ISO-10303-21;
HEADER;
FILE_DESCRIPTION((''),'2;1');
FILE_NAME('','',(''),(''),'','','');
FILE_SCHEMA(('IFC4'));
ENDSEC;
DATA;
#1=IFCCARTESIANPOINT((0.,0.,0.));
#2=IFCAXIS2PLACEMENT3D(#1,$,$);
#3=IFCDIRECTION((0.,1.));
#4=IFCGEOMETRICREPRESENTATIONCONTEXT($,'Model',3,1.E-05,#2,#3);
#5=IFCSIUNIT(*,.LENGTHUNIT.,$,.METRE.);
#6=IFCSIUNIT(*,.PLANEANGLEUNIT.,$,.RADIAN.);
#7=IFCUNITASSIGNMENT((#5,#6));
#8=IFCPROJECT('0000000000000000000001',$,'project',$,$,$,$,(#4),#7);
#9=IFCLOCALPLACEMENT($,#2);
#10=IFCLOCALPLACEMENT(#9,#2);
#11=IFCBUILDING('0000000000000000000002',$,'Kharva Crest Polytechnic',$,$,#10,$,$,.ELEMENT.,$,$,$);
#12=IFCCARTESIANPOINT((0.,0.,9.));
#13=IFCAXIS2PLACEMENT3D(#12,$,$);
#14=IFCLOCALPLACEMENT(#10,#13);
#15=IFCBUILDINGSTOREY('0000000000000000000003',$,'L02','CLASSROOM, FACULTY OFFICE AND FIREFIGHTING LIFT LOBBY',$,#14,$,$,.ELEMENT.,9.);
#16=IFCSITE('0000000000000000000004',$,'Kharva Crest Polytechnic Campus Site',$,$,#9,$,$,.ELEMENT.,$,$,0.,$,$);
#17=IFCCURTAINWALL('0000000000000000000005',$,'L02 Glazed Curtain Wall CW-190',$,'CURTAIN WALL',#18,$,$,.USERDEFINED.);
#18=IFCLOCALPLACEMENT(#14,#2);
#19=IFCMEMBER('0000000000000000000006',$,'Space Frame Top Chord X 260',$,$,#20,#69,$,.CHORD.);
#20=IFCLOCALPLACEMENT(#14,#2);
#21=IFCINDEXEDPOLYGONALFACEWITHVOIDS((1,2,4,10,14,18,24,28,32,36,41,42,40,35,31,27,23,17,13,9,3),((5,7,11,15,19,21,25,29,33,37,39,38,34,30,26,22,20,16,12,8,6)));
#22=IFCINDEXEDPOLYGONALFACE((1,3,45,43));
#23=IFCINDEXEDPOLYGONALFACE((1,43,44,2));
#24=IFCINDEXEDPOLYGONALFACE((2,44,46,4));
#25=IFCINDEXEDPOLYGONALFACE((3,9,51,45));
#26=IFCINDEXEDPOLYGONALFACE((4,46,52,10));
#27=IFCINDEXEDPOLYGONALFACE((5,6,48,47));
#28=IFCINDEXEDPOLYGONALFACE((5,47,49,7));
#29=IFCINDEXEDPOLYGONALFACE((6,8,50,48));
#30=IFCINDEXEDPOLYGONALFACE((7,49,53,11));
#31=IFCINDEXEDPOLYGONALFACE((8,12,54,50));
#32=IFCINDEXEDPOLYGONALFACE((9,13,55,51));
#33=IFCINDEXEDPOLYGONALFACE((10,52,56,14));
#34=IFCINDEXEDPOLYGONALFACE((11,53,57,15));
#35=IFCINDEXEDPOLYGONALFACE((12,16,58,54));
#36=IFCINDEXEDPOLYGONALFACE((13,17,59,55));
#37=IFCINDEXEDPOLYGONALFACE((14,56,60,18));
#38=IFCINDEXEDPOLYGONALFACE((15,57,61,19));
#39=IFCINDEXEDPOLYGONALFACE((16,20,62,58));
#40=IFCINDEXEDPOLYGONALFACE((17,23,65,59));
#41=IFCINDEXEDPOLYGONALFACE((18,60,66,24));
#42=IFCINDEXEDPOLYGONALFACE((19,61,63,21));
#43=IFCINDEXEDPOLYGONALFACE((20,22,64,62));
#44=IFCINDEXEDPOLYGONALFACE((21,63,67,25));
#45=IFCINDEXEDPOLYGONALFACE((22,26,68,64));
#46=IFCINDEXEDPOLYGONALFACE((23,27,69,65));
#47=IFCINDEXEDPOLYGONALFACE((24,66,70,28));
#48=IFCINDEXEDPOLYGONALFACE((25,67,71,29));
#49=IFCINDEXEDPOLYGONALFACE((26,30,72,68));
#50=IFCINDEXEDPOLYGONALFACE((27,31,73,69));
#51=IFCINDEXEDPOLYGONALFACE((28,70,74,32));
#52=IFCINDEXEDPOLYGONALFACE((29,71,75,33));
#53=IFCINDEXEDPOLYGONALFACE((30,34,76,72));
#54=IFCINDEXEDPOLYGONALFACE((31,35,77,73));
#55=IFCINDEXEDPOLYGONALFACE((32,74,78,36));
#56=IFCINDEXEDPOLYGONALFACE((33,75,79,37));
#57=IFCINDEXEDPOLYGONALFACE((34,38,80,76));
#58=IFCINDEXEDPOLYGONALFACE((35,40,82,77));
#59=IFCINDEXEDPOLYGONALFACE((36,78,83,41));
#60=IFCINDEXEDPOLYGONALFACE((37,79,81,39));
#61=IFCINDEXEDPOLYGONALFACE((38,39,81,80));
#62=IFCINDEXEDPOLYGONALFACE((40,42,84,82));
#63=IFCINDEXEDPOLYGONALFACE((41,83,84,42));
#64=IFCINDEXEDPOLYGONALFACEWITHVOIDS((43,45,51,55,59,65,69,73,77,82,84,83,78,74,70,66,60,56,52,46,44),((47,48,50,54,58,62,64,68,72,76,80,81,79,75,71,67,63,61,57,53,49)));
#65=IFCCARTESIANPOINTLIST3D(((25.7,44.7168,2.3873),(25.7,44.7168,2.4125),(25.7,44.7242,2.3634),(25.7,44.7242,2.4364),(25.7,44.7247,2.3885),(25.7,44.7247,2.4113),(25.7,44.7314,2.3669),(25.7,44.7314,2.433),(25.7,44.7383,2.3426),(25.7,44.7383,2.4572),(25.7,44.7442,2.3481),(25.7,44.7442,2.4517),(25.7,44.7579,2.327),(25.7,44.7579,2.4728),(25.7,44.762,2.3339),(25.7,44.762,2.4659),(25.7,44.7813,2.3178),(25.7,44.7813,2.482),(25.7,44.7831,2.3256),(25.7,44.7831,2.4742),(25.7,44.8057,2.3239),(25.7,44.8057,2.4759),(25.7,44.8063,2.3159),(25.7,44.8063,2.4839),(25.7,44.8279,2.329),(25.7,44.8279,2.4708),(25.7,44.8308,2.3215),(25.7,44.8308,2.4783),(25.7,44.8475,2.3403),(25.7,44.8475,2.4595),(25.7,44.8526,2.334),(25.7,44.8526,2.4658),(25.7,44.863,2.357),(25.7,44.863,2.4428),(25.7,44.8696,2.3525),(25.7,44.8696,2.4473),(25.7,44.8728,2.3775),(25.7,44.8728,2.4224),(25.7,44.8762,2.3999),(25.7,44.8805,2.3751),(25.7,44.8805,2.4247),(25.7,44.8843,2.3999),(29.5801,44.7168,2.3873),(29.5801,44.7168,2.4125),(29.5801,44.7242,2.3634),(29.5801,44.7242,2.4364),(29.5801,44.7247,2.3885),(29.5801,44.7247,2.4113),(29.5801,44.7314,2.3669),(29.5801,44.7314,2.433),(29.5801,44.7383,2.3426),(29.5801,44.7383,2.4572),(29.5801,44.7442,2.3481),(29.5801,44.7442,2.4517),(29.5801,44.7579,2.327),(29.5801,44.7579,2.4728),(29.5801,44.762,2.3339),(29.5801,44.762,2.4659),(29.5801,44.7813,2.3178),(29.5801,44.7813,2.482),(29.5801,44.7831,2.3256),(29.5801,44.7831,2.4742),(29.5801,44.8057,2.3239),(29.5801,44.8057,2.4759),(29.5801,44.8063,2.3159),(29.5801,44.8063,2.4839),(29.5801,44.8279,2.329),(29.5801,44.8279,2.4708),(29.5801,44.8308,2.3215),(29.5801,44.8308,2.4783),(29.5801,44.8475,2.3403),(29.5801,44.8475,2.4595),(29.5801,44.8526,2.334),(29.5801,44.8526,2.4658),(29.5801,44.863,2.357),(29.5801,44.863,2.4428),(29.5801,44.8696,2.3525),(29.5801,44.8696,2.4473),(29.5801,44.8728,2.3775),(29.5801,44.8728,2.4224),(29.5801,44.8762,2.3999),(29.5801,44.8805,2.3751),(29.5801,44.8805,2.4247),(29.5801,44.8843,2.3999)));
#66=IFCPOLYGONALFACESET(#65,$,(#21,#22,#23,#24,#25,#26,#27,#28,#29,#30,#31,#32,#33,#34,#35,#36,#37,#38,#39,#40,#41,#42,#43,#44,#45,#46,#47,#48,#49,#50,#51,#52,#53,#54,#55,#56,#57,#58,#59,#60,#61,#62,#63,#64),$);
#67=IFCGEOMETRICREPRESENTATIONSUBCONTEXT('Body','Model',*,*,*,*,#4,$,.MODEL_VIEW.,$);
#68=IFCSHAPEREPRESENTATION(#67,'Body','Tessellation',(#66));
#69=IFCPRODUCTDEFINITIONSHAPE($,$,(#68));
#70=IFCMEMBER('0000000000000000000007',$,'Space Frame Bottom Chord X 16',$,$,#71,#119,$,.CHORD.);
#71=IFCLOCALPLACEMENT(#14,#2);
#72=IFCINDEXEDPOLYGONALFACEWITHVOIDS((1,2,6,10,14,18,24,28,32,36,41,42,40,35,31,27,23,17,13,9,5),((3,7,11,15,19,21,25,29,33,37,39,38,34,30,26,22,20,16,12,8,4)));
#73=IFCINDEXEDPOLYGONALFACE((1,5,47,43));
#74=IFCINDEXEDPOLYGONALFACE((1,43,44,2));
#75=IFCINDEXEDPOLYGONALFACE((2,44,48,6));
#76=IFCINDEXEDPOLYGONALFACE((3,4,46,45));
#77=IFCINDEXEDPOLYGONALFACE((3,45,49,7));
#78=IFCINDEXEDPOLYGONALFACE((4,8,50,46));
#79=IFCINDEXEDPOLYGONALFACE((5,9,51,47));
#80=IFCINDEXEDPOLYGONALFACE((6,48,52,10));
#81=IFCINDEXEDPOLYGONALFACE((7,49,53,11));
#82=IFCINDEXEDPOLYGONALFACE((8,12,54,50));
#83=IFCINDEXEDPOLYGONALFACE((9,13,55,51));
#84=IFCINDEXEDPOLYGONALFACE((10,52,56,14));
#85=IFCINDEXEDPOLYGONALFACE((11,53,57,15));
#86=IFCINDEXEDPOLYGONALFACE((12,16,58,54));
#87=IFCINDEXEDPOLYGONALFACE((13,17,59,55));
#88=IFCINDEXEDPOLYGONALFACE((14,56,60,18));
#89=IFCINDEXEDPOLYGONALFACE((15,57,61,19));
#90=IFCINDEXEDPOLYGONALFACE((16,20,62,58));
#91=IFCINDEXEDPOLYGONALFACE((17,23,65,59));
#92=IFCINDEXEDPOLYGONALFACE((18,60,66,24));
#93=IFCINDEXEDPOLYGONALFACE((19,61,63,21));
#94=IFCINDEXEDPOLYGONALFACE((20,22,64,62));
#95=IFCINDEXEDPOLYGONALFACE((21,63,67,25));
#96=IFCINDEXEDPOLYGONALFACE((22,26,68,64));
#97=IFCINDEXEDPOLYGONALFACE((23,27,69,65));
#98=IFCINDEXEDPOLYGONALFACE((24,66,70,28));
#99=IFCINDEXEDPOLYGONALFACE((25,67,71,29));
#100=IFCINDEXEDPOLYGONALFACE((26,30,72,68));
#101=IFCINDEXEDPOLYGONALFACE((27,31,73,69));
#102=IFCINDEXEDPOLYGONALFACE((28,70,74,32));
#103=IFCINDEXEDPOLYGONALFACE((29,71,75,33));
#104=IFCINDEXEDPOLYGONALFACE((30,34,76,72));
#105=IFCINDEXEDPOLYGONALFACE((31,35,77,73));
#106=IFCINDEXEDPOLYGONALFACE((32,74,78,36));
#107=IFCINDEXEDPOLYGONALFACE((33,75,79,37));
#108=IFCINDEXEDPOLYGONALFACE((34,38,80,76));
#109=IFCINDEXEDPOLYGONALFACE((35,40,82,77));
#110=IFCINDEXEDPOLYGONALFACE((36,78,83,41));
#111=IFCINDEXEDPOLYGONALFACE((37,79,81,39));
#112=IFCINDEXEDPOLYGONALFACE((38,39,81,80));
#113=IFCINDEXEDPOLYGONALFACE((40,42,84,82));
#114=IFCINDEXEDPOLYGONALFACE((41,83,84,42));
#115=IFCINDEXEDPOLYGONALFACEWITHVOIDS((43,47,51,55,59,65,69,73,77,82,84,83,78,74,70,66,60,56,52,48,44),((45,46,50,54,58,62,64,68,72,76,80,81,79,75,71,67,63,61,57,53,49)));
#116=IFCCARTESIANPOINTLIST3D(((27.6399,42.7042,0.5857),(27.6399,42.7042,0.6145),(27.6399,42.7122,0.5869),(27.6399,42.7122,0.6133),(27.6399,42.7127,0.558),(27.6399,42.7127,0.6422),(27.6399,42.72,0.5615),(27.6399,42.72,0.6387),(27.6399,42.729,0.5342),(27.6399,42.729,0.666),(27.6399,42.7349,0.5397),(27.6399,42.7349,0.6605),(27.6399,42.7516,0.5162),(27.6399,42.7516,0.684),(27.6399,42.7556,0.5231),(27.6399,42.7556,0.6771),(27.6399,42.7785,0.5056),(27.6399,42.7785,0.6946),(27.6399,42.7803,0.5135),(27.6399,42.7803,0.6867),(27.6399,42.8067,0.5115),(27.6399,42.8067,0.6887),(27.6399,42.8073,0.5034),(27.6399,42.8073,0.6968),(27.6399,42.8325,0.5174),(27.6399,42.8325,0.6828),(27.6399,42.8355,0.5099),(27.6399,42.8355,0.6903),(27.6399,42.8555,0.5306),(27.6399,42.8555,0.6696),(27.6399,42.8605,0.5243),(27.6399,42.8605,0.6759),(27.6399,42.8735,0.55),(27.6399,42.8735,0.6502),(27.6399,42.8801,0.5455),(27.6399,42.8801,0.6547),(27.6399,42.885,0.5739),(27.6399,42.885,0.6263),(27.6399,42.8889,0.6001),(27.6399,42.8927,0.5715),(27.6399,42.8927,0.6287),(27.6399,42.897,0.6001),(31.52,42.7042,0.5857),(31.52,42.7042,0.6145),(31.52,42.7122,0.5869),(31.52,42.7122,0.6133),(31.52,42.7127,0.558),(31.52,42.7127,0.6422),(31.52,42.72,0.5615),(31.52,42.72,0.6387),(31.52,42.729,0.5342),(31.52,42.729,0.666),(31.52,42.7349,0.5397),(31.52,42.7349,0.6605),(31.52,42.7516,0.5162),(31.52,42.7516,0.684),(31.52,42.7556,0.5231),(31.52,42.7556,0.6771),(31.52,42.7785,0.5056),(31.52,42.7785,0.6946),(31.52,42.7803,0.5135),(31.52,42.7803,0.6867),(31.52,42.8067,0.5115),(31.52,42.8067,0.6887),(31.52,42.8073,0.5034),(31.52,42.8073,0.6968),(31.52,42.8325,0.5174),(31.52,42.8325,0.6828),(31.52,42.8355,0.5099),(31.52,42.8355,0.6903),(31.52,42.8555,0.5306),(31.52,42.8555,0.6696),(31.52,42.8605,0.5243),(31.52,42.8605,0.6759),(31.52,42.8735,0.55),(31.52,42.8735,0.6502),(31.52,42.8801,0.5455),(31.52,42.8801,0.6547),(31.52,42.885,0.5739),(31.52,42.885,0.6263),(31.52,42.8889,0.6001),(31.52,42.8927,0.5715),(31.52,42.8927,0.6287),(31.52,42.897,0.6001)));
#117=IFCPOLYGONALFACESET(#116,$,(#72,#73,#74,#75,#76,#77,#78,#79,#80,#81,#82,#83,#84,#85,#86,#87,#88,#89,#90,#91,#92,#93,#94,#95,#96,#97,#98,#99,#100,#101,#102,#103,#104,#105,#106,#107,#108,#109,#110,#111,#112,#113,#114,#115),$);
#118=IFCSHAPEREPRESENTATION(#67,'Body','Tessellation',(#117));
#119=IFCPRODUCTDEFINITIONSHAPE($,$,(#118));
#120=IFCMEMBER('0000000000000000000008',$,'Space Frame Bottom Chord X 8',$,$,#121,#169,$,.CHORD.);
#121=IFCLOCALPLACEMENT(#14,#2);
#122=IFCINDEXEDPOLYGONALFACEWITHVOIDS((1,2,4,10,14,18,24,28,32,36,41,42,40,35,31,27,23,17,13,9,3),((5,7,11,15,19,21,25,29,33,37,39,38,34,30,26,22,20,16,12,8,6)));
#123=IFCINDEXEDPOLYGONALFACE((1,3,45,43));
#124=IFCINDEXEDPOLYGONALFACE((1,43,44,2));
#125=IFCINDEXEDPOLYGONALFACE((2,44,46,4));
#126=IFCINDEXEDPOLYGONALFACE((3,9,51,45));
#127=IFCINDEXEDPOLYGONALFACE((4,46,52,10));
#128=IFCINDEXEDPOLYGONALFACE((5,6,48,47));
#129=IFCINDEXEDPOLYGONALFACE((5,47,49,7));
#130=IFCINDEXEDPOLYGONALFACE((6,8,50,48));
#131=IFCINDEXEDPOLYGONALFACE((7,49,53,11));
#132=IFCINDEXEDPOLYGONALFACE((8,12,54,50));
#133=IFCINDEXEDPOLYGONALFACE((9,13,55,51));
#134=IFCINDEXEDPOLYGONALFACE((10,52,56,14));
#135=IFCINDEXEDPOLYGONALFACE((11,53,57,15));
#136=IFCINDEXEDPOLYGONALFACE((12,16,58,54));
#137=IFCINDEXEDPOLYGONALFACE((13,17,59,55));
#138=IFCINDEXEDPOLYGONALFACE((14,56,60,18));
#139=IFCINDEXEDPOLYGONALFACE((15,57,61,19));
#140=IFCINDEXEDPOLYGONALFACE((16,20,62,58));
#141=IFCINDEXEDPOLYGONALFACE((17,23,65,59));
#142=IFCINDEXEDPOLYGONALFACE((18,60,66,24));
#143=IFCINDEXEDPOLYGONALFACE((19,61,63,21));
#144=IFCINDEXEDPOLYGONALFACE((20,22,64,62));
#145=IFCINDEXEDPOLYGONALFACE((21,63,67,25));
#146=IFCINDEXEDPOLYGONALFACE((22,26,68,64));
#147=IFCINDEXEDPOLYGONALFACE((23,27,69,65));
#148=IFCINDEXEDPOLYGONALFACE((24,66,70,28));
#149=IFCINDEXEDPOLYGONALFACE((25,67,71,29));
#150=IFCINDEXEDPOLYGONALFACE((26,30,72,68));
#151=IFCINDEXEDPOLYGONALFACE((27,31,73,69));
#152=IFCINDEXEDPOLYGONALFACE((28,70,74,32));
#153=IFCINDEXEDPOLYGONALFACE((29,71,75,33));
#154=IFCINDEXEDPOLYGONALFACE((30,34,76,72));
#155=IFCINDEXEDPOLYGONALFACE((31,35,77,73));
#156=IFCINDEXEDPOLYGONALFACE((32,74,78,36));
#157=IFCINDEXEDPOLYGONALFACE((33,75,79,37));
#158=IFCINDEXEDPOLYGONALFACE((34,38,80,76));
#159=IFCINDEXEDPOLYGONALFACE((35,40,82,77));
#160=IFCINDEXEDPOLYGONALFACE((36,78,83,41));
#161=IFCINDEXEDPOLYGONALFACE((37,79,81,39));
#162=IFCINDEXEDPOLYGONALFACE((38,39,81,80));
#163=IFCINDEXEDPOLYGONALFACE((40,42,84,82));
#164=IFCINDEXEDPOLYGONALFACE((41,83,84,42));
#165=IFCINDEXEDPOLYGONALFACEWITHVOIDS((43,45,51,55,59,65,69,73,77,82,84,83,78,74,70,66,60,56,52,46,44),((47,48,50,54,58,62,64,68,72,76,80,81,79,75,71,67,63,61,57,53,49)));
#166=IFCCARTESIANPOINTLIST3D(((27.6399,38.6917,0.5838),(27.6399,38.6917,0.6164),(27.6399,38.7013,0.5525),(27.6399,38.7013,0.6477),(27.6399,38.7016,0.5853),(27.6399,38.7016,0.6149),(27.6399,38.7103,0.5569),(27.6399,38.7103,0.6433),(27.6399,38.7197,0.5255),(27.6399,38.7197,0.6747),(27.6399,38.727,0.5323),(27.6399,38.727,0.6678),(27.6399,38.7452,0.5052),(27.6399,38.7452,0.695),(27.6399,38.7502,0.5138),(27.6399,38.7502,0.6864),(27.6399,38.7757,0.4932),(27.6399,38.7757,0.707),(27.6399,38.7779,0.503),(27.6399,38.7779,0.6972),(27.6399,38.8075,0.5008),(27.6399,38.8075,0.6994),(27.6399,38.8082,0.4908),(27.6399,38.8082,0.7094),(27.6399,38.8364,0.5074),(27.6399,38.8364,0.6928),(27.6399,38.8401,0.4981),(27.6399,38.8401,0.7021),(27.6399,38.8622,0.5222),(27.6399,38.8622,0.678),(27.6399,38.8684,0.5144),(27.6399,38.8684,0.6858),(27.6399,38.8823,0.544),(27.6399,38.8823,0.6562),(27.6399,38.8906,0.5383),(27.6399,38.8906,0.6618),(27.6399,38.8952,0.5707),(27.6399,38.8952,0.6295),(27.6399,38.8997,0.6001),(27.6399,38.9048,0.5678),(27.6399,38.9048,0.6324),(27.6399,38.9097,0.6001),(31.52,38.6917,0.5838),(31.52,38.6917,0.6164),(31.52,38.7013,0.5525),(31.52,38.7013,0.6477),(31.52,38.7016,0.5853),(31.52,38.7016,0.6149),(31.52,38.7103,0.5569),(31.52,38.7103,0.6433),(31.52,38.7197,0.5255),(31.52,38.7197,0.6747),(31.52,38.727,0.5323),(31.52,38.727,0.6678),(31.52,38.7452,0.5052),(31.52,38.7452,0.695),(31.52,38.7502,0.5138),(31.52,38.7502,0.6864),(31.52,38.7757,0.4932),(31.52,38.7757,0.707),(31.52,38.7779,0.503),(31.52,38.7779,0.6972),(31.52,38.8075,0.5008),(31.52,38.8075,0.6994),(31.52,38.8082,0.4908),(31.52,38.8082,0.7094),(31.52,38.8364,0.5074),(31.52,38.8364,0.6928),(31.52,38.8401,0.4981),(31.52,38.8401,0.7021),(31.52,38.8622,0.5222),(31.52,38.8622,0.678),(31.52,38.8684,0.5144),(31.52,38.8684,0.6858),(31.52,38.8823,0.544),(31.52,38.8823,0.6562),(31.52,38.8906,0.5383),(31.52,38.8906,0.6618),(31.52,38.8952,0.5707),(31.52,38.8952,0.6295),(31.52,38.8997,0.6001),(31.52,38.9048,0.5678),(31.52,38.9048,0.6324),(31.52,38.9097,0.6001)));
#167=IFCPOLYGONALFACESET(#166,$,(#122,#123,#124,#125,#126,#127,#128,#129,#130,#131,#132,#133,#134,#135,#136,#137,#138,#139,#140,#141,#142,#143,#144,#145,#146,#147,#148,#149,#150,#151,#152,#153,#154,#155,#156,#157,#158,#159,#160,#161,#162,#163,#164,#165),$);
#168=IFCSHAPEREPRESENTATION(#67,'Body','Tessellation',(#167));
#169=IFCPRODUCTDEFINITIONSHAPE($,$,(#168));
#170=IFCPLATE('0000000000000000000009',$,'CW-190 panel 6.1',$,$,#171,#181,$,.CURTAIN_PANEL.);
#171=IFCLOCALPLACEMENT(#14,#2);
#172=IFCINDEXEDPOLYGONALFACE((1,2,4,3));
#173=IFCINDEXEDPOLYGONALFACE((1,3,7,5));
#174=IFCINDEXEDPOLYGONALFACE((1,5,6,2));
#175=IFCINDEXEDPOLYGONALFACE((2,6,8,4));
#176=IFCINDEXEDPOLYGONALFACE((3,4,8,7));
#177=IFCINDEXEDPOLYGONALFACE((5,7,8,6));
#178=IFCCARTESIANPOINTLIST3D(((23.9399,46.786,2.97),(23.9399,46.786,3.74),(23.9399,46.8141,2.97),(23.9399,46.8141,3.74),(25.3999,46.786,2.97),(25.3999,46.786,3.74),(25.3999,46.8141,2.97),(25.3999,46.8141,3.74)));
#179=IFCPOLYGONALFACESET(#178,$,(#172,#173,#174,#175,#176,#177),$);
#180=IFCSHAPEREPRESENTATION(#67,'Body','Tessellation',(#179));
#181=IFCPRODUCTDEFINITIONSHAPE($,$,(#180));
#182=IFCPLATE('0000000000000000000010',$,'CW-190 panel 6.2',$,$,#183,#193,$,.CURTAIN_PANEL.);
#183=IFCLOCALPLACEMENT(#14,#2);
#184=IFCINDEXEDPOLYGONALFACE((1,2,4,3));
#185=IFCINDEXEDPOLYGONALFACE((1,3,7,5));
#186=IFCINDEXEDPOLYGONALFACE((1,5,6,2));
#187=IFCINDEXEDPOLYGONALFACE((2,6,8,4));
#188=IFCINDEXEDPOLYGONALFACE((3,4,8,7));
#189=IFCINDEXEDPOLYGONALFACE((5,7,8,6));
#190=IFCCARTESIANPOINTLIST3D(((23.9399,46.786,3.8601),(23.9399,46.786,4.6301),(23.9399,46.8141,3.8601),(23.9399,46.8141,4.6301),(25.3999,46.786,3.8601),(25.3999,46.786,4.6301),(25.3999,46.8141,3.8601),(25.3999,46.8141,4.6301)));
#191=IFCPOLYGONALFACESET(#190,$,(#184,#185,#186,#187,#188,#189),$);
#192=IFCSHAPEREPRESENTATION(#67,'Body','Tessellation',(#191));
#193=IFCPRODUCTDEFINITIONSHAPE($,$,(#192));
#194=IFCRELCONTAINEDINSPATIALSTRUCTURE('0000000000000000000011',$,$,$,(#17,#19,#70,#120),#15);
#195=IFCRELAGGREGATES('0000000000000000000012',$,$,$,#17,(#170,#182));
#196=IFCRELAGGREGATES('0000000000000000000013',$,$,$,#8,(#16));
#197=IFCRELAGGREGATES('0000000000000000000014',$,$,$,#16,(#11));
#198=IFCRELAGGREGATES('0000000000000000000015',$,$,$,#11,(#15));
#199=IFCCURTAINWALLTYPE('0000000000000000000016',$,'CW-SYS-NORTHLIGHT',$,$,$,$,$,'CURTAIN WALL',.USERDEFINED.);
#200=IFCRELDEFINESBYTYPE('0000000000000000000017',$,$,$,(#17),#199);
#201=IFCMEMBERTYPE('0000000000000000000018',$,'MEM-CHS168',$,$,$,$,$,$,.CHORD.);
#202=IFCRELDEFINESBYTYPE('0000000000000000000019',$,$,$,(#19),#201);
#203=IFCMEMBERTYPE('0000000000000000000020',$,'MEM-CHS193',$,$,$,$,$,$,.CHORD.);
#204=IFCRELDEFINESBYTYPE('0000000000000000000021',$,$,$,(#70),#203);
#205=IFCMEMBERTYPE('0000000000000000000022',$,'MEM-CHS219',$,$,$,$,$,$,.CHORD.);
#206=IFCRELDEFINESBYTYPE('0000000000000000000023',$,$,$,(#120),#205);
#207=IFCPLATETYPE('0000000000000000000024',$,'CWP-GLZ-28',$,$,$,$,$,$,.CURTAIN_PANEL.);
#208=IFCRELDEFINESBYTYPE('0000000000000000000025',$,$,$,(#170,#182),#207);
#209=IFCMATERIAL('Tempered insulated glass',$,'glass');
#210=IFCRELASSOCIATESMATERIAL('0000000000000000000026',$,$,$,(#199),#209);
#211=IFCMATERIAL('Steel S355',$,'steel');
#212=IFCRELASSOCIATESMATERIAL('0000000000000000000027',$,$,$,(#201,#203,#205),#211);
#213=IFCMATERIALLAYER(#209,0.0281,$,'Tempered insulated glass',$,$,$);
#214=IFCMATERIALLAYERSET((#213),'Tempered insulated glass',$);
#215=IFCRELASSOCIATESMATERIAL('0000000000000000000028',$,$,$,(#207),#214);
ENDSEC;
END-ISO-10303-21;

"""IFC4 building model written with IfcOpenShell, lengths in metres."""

from ifc_helpers import new_model, si_unit, direction, frame, origin, origin_2d, place, context, subcontext, project, spatial, rectangle, hollow_circle, extrude, material, layer, layer_set, material_profile, profile_set, type_object, element, aggregate, save


model = new_model("IFC4")

# Units and contexts
model_context = context("Model", 3, precision=1e-05, world=origin(), true_north=direction((0.0, 1.0)))
body_context = subcontext(model_context, "Body", "Model", "MODEL_VIEW")
ifc_project = project(units=[si_unit("LENGTHUNIT", "METRE"), si_unit("PLANEANGLEUNIT", "RADIAN")], contexts=[model_context])

# Site, building, storey
site_placement = place(None, origin())
site = spatial("IfcSite", under=ifc_project, at=site_placement, Name="Kharva Crest Polytechnic Campus Site", CompositionType="ELEMENT", RefElevation=0.0)
building_placement = place(site_placement, origin())
building = spatial("IfcBuilding", under=site, at=building_placement, Name="Kharva Crest Polytechnic", CompositionType="ELEMENT")
storey_placement = place(building_placement, frame((0.0, 0.0, 9.0)))
storey = spatial("IfcBuildingStorey", under=building, at=storey_placement, Name="L02", Description="CLASSROOM, FACULTY OFFICE AND FIREFIGHTING LIFT LOBBY", CompositionType="ELEMENT", Elevation=9.0)

# Curtain wall
ifc_material_1 = material(Name="Tempered insulated glass", Category="glass")
curtain_wall_type = type_object("IfcCurtainWallType", Name="CW-SYS-NORTHLIGHT", ElementType="CURTAIN WALL", PredefinedType="USERDEFINED", material=ifc_material_1)
curtain_wall_placement = place(storey_placement, origin())
curtain_wall = element("IfcCurtainWall", 1, at=curtain_wall_placement, inside=storey, type_object=curtain_wall_type, Name="L02 Glazed Curtain Wall CW-190", ObjectType="CURTAIN WALL", PredefinedType="USERDEFINED")
ifc_material_2 = material(Name="Steel S355", Category="steel")

# Members
ifc_material_profile_1 = material_profile(ifc_material_2, hollow_circle(Radius=0.0842, WallThickness=0.0081, at=origin_2d()), Name="CHS 168.3X8.0")
ifc_profile_set_1 = profile_set([ifc_material_profile_1], Name="Steel S355")
member_type_1 = type_object("IfcMemberType", Name="MEM-CHS168", PredefinedType="CHORD", material=ifc_profile_set_1)
for number, where, z_axis, x_axis, name in (
    (2, (25.7, 44.8, 2.3999), (1.0, 0.0, 0.0), (0.0, 1.0, 0.0), "Space Frame Top Chord X 260"),
):
    element("IfcMember", number, at=place(storey_placement, frame(where, z_axis=z_axis, x_axis=x_axis)), inside=storey, type_object=member_type_1, Name=name, PredefinedType="CHORD", context=body_context, shape_type="SweptSolid", body=[
        extrude(hollow_circle(Radius=0.0842, WallThickness=0.0081, at=origin_2d()), origin(), (0.0, 0.0, 1.0), 3.8801),
    ])
ifc_material_profile_2 = material_profile(ifc_material_2, hollow_circle(Radius=0.0969, WallThickness=0.0081, at=origin_2d()), Name="CHS 193.7X8.0")
ifc_profile_set_2 = profile_set([ifc_material_profile_2], Name="Steel S355")
member_type_2 = type_object("IfcMemberType", Name="MEM-CHS193", PredefinedType="CHORD", material=ifc_profile_set_2)
member_1_placement = place(storey_placement, frame((27.6399, 42.8, 0.6001), z_axis=(1.0, 0.0, 0.0), x_axis=(0.0, 1.0, 0.0)))
element("IfcMember", 3, at=member_1_placement, inside=storey, type_object=member_type_2, Name="Space Frame Bottom Chord X 16", PredefinedType="CHORD", context=body_context, shape_type="SweptSolid", body=[
    extrude(hollow_circle(Radius=0.0969, WallThickness=0.0081, at=origin_2d()), origin(), (0.0, 0.0, 1.0), 3.8801),
])
ifc_material_profile_3 = material_profile(ifc_material_2, hollow_circle(Radius=0.1096, WallThickness=0.01, at=origin_2d()), Name="CHS 219.1X10.0")
ifc_profile_set_3 = profile_set([ifc_material_profile_3], Name="Steel S355")
member_type_3 = type_object("IfcMemberType", Name="MEM-CHS219", PredefinedType="CHORD", material=ifc_profile_set_3)
member_2_placement = place(storey_placement, frame((27.6399, 38.8, 0.6001), z_axis=(1.0, 0.0, 0.0), x_axis=(0.0, 1.0, 0.0)))
element("IfcMember", 4, at=member_2_placement, inside=storey, type_object=member_type_3, Name="Space Frame Bottom Chord X 8", PredefinedType="CHORD", context=body_context, shape_type="SweptSolid", body=[
    extrude(hollow_circle(Radius=0.1096, WallThickness=0.01, at=origin_2d()), origin(), (0.0, 0.0, 1.0), 3.8801),
])

# Plates
ifc_layer = layer(ifc_material_1, 0.0281, Name="Tempered insulated glass")
ifc_layer_set = layer_set([ifc_layer], Name="Tempered insulated glass")
plate_type = type_object("IfcPlateType", Name="CWP-GLZ-28", PredefinedType="CURTAIN_PANEL", material=ifc_layer_set)
plate_1_placement = place(storey_placement, frame((24.6699, 46.8, 2.97), z_axis=(0.0, 0.0, 1.0), x_axis=(1.0, 0.0, 0.0)))
plate_1 = element("IfcPlate", 5, at=plate_1_placement, type_object=plate_type, Name="CW-190 panel 6.1", PredefinedType="CURTAIN_PANEL", context=body_context, shape_type="SweptSolid", body=[
    extrude(rectangle(XDim=1.46, YDim=0.0281, at=origin_2d()), origin(), (0.0, 0.0, 1.0), 0.77),
])
plate_2_placement = place(storey_placement, frame((24.6699, 46.8, 3.8601), z_axis=(0.0, 0.0, 1.0), x_axis=(1.0, 0.0, 0.0)))
plate_2 = element("IfcPlate", 6, at=plate_2_placement, type_object=plate_type, Name="CW-190 panel 6.2", PredefinedType="CURTAIN_PANEL", context=body_context, shape_type="SweptSolid", body=[
    extrude(rectangle(XDim=1.46, YDim=0.0281, at=origin_2d()), origin(), (0.0, 0.0, 1.0), 0.77),
])
aggregate(curtain_wall, [plate_1, plate_2])

save(model, "model.ifc")
